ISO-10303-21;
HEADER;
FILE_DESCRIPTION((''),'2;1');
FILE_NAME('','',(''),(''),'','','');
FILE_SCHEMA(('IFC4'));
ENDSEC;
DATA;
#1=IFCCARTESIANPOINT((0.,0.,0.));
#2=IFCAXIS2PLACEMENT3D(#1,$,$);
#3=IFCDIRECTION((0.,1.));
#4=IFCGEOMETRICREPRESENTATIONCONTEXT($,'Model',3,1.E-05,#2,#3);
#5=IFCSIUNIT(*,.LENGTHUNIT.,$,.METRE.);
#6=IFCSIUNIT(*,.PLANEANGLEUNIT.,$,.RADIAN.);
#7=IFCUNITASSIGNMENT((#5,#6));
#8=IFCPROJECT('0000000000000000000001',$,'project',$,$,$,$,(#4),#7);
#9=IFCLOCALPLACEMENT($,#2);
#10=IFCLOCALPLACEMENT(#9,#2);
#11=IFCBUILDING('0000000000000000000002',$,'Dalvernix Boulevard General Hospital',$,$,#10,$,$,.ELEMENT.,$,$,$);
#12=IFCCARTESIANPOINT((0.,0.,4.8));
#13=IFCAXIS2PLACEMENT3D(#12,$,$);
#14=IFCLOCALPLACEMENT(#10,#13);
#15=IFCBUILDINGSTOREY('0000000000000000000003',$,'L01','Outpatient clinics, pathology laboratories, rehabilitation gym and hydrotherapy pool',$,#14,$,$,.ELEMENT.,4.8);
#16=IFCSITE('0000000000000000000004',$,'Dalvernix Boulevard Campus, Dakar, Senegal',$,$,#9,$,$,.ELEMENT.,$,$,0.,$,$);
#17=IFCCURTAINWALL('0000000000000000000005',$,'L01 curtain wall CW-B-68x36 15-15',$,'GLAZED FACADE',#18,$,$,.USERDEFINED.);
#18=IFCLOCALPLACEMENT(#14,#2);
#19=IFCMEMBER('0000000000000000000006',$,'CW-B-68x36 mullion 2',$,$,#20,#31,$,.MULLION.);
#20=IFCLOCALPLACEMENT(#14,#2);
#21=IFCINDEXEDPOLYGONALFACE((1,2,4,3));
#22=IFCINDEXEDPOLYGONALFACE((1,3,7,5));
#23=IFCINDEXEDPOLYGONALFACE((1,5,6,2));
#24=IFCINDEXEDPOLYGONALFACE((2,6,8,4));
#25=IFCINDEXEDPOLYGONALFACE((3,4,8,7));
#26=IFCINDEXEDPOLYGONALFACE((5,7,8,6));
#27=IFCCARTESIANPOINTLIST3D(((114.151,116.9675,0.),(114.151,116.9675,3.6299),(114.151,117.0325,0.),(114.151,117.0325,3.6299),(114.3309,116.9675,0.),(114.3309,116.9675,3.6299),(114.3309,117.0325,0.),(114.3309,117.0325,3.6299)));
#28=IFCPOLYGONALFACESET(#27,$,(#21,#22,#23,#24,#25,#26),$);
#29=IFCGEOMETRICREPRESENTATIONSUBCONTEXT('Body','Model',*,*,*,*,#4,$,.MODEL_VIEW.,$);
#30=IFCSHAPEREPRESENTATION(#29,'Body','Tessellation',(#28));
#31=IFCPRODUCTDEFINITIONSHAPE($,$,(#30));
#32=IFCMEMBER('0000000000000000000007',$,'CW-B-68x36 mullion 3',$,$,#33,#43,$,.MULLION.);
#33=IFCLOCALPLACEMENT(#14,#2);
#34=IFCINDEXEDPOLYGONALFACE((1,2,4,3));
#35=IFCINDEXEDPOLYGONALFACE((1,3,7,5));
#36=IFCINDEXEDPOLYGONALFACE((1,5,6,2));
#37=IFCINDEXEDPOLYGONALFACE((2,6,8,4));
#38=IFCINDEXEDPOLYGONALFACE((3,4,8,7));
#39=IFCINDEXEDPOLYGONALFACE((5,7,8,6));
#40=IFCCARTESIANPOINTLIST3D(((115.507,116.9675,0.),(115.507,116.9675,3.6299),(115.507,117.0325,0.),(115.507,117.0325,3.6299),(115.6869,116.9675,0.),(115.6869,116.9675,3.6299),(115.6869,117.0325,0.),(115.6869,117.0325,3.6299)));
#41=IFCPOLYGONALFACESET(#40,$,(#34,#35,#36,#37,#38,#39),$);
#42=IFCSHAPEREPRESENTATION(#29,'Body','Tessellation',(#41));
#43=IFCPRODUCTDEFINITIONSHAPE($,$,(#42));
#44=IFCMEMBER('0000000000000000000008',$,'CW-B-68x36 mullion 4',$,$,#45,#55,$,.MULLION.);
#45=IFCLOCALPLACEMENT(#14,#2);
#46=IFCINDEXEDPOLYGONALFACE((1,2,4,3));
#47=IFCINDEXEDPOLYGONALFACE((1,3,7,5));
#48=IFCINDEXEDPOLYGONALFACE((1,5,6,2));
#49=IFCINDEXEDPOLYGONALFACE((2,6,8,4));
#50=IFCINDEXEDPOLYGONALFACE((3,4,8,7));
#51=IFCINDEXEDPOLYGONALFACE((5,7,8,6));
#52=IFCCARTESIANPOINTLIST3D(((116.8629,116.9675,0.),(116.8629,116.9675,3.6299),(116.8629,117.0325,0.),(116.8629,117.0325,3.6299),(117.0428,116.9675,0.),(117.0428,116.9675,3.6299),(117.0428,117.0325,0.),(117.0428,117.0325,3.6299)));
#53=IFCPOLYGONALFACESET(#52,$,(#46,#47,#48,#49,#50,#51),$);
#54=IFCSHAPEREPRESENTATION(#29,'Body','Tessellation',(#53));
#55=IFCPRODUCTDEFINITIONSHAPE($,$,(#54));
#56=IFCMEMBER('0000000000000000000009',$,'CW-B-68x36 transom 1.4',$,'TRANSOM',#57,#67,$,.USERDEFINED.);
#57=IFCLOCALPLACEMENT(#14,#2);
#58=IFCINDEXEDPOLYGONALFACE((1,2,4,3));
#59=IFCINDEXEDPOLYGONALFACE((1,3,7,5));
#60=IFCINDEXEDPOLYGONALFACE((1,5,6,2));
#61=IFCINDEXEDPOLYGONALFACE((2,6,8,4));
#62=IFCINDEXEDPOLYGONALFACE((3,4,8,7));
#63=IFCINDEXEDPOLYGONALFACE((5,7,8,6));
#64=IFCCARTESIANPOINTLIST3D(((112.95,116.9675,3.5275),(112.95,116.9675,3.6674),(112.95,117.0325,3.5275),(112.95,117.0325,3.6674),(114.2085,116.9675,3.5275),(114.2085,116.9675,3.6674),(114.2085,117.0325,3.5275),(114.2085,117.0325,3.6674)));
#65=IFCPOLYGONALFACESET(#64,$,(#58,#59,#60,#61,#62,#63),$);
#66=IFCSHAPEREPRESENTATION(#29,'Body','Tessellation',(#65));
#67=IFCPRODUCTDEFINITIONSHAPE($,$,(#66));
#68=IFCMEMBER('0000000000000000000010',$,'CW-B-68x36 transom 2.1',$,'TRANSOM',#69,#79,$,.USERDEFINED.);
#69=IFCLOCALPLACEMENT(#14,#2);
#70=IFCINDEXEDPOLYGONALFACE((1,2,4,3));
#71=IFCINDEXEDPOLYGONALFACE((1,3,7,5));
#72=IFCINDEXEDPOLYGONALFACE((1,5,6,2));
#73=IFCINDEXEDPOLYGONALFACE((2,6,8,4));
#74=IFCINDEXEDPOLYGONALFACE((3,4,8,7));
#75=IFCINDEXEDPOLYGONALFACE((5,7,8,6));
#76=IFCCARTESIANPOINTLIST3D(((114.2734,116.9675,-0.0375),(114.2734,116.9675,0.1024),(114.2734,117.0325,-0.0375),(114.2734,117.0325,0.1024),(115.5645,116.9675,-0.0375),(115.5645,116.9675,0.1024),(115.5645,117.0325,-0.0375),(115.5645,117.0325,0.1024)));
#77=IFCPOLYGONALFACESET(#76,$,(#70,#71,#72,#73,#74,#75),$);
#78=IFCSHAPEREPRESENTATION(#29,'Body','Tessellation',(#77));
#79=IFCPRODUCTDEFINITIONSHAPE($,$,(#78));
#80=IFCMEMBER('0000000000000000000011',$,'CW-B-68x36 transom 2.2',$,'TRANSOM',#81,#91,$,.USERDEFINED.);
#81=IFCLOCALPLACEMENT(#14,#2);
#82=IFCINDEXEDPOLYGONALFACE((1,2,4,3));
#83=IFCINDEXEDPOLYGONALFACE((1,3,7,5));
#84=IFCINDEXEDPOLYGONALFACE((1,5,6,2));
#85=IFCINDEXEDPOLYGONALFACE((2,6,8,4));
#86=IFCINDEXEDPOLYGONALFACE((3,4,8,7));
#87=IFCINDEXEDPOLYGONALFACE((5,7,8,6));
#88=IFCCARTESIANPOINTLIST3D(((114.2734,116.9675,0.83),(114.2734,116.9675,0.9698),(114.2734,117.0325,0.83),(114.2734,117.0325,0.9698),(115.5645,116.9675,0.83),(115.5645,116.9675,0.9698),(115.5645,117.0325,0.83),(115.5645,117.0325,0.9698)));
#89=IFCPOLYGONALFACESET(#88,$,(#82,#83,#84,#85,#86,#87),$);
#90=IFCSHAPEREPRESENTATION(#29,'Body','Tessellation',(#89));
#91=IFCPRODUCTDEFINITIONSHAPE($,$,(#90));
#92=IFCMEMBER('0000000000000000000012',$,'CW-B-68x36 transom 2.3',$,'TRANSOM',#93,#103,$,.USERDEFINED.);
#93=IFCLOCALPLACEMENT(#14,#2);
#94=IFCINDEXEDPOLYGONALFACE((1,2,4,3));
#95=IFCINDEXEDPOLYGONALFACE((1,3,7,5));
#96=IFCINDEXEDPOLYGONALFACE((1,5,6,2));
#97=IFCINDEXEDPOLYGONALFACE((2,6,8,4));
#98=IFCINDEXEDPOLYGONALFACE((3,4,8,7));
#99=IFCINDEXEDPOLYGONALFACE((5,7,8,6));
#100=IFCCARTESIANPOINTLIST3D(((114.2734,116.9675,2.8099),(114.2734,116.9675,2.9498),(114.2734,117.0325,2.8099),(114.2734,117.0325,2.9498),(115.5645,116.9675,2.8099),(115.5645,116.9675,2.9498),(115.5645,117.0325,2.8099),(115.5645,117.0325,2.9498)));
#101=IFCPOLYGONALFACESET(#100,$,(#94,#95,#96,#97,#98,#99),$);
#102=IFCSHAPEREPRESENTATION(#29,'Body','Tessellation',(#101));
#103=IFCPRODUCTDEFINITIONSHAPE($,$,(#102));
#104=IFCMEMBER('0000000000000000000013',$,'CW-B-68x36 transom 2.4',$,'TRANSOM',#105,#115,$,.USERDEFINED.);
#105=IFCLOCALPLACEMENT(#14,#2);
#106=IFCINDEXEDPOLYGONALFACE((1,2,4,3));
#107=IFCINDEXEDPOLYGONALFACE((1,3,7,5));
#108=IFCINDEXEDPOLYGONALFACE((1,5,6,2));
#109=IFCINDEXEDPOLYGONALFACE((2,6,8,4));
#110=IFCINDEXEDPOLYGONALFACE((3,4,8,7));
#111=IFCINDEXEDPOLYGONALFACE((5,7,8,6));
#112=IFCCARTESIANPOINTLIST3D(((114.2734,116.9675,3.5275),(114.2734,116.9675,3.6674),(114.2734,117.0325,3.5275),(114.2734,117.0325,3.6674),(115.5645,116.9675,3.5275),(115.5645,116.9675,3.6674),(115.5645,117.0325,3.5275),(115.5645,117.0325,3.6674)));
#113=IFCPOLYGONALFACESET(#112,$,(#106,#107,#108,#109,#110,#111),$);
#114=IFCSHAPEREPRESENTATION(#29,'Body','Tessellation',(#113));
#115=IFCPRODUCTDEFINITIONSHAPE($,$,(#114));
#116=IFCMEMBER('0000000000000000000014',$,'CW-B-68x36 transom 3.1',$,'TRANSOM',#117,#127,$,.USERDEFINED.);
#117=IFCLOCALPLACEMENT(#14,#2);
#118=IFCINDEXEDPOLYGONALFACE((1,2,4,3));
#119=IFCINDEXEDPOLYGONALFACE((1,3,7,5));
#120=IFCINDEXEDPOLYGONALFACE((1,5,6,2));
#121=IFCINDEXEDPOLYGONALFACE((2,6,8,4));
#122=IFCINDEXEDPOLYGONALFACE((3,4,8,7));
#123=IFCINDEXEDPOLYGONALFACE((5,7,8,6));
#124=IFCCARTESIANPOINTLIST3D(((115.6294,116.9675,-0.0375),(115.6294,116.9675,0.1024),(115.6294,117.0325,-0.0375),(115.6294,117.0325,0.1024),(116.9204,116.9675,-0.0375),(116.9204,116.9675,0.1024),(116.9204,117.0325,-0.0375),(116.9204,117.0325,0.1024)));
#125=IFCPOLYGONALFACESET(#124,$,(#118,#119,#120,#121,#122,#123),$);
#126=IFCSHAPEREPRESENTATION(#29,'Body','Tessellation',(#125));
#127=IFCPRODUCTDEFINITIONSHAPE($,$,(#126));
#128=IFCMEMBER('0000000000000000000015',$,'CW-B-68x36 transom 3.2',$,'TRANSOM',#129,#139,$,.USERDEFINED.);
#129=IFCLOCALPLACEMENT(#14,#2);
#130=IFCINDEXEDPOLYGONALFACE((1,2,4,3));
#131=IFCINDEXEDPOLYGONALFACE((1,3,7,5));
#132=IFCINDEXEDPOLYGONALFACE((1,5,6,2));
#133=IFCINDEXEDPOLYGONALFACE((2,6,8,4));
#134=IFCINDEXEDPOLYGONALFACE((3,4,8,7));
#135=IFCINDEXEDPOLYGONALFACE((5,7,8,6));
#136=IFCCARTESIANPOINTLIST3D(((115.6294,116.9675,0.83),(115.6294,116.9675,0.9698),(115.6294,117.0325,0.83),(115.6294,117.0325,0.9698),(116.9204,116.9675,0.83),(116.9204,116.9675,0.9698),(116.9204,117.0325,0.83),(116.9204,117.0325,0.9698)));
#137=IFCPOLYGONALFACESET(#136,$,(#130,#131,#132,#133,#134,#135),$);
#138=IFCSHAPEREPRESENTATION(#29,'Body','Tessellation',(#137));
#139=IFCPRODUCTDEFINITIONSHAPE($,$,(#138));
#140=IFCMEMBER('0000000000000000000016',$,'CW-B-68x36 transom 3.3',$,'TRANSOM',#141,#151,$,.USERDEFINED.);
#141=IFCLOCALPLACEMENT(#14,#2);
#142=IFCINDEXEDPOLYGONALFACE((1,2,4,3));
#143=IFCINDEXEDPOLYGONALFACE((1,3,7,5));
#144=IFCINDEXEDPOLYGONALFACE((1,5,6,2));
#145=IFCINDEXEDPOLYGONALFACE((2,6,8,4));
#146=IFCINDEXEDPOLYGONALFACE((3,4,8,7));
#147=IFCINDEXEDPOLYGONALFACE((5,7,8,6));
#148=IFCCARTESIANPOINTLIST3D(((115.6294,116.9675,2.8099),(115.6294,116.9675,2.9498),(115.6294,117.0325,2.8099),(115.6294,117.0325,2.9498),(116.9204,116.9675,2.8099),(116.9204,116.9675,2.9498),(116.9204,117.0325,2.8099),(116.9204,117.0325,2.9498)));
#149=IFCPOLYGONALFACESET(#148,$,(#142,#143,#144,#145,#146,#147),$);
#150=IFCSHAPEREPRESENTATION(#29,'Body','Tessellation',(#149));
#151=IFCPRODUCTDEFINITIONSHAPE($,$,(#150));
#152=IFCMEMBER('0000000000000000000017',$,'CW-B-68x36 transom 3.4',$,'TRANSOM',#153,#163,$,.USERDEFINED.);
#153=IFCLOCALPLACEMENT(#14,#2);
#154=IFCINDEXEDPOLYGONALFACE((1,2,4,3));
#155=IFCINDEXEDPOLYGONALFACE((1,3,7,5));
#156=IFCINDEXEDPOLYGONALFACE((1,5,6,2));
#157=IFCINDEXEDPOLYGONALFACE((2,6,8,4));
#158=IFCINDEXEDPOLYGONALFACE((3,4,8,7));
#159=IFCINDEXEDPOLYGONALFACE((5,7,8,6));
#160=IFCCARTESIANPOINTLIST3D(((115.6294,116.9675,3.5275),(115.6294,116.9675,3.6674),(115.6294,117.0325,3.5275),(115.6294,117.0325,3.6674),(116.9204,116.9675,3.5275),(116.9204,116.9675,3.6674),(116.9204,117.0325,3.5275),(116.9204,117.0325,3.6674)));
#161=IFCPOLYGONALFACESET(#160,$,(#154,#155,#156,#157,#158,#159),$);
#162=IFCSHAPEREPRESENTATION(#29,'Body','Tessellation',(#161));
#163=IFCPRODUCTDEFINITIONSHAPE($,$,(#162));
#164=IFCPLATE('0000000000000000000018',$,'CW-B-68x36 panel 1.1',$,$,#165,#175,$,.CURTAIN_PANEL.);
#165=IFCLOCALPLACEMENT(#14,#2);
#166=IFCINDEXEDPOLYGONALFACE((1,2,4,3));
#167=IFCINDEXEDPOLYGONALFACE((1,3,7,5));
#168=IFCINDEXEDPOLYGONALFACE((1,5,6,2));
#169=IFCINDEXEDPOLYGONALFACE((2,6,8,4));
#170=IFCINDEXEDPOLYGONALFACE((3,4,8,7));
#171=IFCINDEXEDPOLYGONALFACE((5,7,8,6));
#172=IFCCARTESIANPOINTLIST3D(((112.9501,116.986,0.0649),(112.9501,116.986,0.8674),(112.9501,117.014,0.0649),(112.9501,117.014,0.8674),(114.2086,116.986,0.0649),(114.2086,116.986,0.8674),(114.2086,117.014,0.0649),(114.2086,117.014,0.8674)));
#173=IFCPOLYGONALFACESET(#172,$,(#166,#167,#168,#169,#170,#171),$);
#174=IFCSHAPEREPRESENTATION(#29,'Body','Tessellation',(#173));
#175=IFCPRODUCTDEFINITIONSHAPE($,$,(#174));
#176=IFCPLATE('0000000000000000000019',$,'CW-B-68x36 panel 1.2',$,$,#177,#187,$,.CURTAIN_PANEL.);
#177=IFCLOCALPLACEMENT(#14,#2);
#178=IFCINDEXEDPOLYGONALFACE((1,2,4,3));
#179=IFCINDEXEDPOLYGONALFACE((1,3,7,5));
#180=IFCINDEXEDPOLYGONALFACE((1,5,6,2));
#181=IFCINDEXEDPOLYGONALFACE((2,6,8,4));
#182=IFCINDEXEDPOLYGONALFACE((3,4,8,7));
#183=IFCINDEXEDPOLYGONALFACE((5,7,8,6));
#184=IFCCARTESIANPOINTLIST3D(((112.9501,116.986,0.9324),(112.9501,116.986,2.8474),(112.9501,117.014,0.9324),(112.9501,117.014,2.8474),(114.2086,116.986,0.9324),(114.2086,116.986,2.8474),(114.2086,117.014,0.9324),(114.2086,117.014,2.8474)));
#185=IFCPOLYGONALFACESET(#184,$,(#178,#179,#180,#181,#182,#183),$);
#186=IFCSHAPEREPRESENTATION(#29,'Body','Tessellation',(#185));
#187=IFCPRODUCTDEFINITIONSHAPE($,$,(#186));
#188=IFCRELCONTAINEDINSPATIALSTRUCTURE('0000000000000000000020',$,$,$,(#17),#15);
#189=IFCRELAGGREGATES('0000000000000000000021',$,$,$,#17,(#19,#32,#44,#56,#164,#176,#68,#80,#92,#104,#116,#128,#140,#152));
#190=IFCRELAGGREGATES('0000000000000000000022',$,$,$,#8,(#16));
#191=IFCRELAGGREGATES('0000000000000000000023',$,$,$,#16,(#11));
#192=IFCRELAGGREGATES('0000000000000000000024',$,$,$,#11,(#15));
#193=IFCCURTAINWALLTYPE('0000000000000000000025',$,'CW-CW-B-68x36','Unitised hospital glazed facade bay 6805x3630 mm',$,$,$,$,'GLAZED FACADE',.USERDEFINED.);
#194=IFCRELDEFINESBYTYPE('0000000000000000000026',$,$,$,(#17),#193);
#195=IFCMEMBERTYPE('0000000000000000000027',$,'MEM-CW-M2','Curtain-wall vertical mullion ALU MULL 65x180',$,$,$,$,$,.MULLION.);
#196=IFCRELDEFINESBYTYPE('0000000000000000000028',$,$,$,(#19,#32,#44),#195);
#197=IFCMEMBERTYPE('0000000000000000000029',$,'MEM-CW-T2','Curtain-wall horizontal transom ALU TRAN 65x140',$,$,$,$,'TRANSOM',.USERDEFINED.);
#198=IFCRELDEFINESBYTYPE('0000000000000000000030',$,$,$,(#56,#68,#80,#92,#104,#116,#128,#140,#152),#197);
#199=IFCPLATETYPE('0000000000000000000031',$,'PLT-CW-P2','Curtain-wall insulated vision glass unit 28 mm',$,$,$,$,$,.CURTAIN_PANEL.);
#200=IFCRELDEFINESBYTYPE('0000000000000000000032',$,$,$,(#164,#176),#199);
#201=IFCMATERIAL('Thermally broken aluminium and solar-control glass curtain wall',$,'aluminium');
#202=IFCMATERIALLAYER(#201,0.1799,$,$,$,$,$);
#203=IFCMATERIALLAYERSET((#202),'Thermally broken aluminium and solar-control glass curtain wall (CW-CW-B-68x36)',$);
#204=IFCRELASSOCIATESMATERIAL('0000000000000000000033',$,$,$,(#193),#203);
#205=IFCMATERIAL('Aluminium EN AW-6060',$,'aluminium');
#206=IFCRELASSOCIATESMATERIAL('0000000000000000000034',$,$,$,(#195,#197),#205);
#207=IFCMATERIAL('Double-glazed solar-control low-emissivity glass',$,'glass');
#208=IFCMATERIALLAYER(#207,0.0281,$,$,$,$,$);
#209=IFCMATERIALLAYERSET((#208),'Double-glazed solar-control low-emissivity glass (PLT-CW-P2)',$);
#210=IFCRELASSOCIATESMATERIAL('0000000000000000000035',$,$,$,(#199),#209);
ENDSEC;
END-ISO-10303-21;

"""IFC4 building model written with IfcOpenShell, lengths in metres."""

from ifc_helpers import new_model, si_unit, direction, frame, origin, origin_2d, place, context, subcontext, project, spatial, rectangle, extrude, material, layer, layer_set, material_profile, profile_set, type_object, element, aggregate, save


model = new_model("IFC4")

# Units and contexts
model_context = context("Model", 3, precision=1e-05, world=origin(), true_north=direction((0.0, 1.0)))
body_context = subcontext(model_context, "Body", "Model", "MODEL_VIEW")
ifc_project = project(units=[si_unit("LENGTHUNIT", "METRE"), si_unit("PLANEANGLEUNIT", "RADIAN")], contexts=[model_context])

# Site, building, storey
site_placement = place(None, origin())
site = spatial("IfcSite", under=ifc_project, at=site_placement, Name="Dalvernix Boulevard Campus, Dakar, Senegal", CompositionType="ELEMENT", RefElevation=0.0)
building_placement = place(site_placement, origin())
building = spatial("IfcBuilding", under=site, at=building_placement, Name="Dalvernix Boulevard General Hospital", CompositionType="ELEMENT")
storey_placement = place(building_placement, frame((0.0, 0.0, 4.8)))
storey = spatial("IfcBuildingStorey", under=building, at=storey_placement, Name="L01", Description="Outpatient clinics, pathology laboratories, rehabilitation gym and hydrotherapy pool", CompositionType="ELEMENT", Elevation=4.8)

# Curtain wall, members, plates
ifc_material_1 = material(Name="Thermally broken aluminium and solar-control glass curtain wall", Category="aluminium")
ifc_layer_1 = layer(ifc_material_1, 0.1799)
ifc_layer_set_1 = layer_set([ifc_layer_1], Name="Thermally broken aluminium and solar-control glass curtain wall (CW-CW-B-68x36)")
curtain_wall_type = type_object("IfcCurtainWallType", Name="CW-CW-B-68x36", Description="Unitised hospital glazed facade bay 6805x3630 mm", ElementType="GLAZED FACADE", PredefinedType="USERDEFINED", material=ifc_layer_set_1)
curtain_wall_placement = place(storey_placement, origin())
curtain_wall = element("IfcCurtainWall", 1, at=curtain_wall_placement, inside=storey, type_object=curtain_wall_type, Name="L01 curtain wall CW-B-68x36 15-15", ObjectType="GLAZED FACADE", PredefinedType="USERDEFINED")
ifc_material_2 = material(Name="Aluminium EN AW-6060", Category="aluminium")
ifc_material_profile_1 = material_profile(ifc_material_2, rectangle(XDim=0.0649, YDim=0.1799, at=origin_2d()), Name="ALU MULL 65x180")
ifc_profile_set_1 = profile_set([ifc_material_profile_1], Name="Aluminium EN AW-6060")
member_type_1 = type_object("IfcMemberType", Name="MEM-CW-M2", Description="Curtain-wall vertical mullion ALU MULL 65x180", PredefinedType="MULLION", material=ifc_profile_set_1)
member_1_placement = place(storey_placement, frame((114.241, 117.0, 0.0), z_axis=(0.0, 0.0, 1.0), x_axis=(0.0, 1.0, 0.0)))
member_1 = element("IfcMember", 2, at=member_1_placement, type_object=member_type_1, Name="CW-B-68x36 mullion 2", PredefinedType="MULLION", context=body_context, shape_type="SweptSolid", body=[
    extrude(rectangle(XDim=0.0649, YDim=0.1799, at=origin_2d()), origin(), (0.0, 0.0, 1.0), 3.6299),
])
member_2_placement = place(storey_placement, frame((115.5969, 117.0, 0.0), z_axis=(0.0, 0.0, 1.0), x_axis=(0.0, 1.0, 0.0)))
member_2 = element("IfcMember", 3, at=member_2_placement, type_object=member_type_1, Name="CW-B-68x36 mullion 3", PredefinedType="MULLION", context=body_context, shape_type="SweptSolid", body=[
    extrude(rectangle(XDim=0.0649, YDim=0.1799, at=origin_2d()), origin(), (0.0, 0.0, 1.0), 3.6299),
])
member_3_placement = place(storey_placement, frame((116.9529, 117.0, 0.0), z_axis=(0.0, 0.0, 1.0), x_axis=(0.0, 1.0, 0.0)))
member_3 = element("IfcMember", 4, at=member_3_placement, type_object=member_type_1, Name="CW-B-68x36 mullion 4", PredefinedType="MULLION", context=body_context, shape_type="SweptSolid", body=[
    extrude(rectangle(XDim=0.0649, YDim=0.1799, at=origin_2d()), origin(), (0.0, 0.0, 1.0), 3.6299),
])
ifc_material_profile_2 = material_profile(ifc_material_2, rectangle(XDim=0.0649, YDim=0.1399, at=origin_2d()), Name="ALU TRAN 65x140")
ifc_profile_set_2 = profile_set([ifc_material_profile_2], Name="Aluminium EN AW-6060")
member_type_2 = type_object("IfcMemberType", Name="MEM-CW-T2", Description="Curtain-wall horizontal transom ALU TRAN 65x140", ElementType="TRANSOM", PredefinedType="USERDEFINED", material=ifc_profile_set_2)
member_4_placement = place(storey_placement, frame((112.95, 117.0, 3.5974), z_axis=(1.0, 0.0, 0.0), x_axis=(0.0, 1.0, 0.0)))
member_4 = element("IfcMember", 5, at=member_4_placement, type_object=member_type_2, Name="CW-B-68x36 transom 1.4", ObjectType="TRANSOM", PredefinedType="USERDEFINED", context=body_context, shape_type="SweptSolid", body=[
    extrude(rectangle(XDim=0.0649, YDim=0.1399, at=origin_2d()), origin(), (0.0, 0.0, 1.0), 1.2585),
])
member_5_placement = place(storey_placement, frame((114.2734, 117.0, 0.0325), z_axis=(1.0, 0.0, 0.0), x_axis=(0.0, 1.0, 0.0)))
member_5 = element("IfcMember", 6, at=member_5_placement, type_object=member_type_2, Name="CW-B-68x36 transom 2.1", ObjectType="TRANSOM", PredefinedType="USERDEFINED", context=body_context, shape_type="SweptSolid", body=[
    extrude(rectangle(XDim=0.0649, YDim=0.1399, at=origin_2d()), origin(), (0.0, 0.0, 1.0), 1.291),
])
member_6_placement = place(storey_placement, frame((114.2734, 117.0, 0.8999), z_axis=(1.0, 0.0, 0.0), x_axis=(0.0, 1.0, 0.0)))
member_6 = element("IfcMember", 7, at=member_6_placement, type_object=member_type_2, Name="CW-B-68x36 transom 2.2", ObjectType="TRANSOM", PredefinedType="USERDEFINED", context=body_context, shape_type="SweptSolid", body=[
    extrude(rectangle(XDim=0.0649, YDim=0.1399, at=origin_2d()), origin(), (0.0, 0.0, 1.0), 1.291),
])
member_7_placement = place(storey_placement, frame((114.2734, 117.0, 2.8799), z_axis=(1.0, 0.0, 0.0), x_axis=(0.0, 1.0, 0.0)))
member_7 = element("IfcMember", 8, at=member_7_placement, type_object=member_type_2, Name="CW-B-68x36 transom 2.3", ObjectType="TRANSOM", PredefinedType="USERDEFINED", context=body_context, shape_type="SweptSolid", body=[
    extrude(rectangle(XDim=0.0649, YDim=0.1399, at=origin_2d()), origin(), (0.0, 0.0, 1.0), 1.291),
])
member_8_placement = place(storey_placement, frame((114.2734, 117.0, 3.5974), z_axis=(1.0, 0.0, 0.0), x_axis=(0.0, 1.0, 0.0)))
member_8 = element("IfcMember", 9, at=member_8_placement, type_object=member_type_2, Name="CW-B-68x36 transom 2.4", ObjectType="TRANSOM", PredefinedType="USERDEFINED", context=body_context, shape_type="SweptSolid", body=[
    extrude(rectangle(XDim=0.0649, YDim=0.1399, at=origin_2d()), origin(), (0.0, 0.0, 1.0), 1.291),
])
member_9_placement = place(storey_placement, frame((115.6294, 117.0, 0.0325), z_axis=(1.0, 0.0, 0.0), x_axis=(0.0, 1.0, 0.0)))
member_9 = element("IfcMember", 10, at=member_9_placement, type_object=member_type_2, Name="CW-B-68x36 transom 3.1", ObjectType="TRANSOM", PredefinedType="USERDEFINED", context=body_context, shape_type="SweptSolid", body=[
    extrude(rectangle(XDim=0.0649, YDim=0.1399, at=origin_2d()), origin(), (0.0, 0.0, 1.0), 1.291),
])
member_10_placement = place(storey_placement, frame((115.6294, 117.0, 0.8999), z_axis=(1.0, 0.0, 0.0), x_axis=(0.0, 1.0, 0.0)))
member_10 = element("IfcMember", 11, at=member_10_placement, type_object=member_type_2, Name="CW-B-68x36 transom 3.2", ObjectType="TRANSOM", PredefinedType="USERDEFINED", context=body_context, shape_type="SweptSolid", body=[
    extrude(rectangle(XDim=0.0649, YDim=0.1399, at=origin_2d()), origin(), (0.0, 0.0, 1.0), 1.291),
])
member_11_placement = place(storey_placement, frame((115.6294, 117.0, 2.8799), z_axis=(1.0, 0.0, 0.0), x_axis=(0.0, 1.0, 0.0)))
member_11 = element("IfcMember", 12, at=member_11_placement, type_object=member_type_2, Name="CW-B-68x36 transom 3.3", ObjectType="TRANSOM", PredefinedType="USERDEFINED", context=body_context, shape_type="SweptSolid", body=[
    extrude(rectangle(XDim=0.0649, YDim=0.1399, at=origin_2d()), origin(), (0.0, 0.0, 1.0), 1.291),
])
member_12_placement = place(storey_placement, frame((115.6294, 117.0, 3.5974), z_axis=(1.0, 0.0, 0.0), x_axis=(0.0, 1.0, 0.0)))
member_12 = element("IfcMember", 13, at=member_12_placement, type_object=member_type_2, Name="CW-B-68x36 transom 3.4", ObjectType="TRANSOM", PredefinedType="USERDEFINED", context=body_context, shape_type="SweptSolid", body=[
    extrude(rectangle(XDim=0.0649, YDim=0.1399, at=origin_2d()), origin(), (0.0, 0.0, 1.0), 1.291),
])
ifc_material_3 = material(Name="Double-glazed solar-control low-emissivity glass", Category="glass")
ifc_layer_2 = layer(ifc_material_3, 0.0281)
ifc_layer_set_2 = layer_set([ifc_layer_2], Name="Double-glazed solar-control low-emissivity glass (PLT-CW-P2)")
plate_type = type_object("IfcPlateType", Name="PLT-CW-P2", Description="Curtain-wall insulated vision glass unit 28 mm", PredefinedType="CURTAIN_PANEL", material=ifc_layer_set_2)
plate_1_placement = place(storey_placement, frame((113.5793, 117.0, 0.0649), z_axis=(0.0, 0.0, 1.0), x_axis=(1.0, 0.0, 0.0)))
plate_1 = element("IfcPlate", 14, at=plate_1_placement, type_object=plate_type, Name="CW-B-68x36 panel 1.1", PredefinedType="CURTAIN_PANEL", context=body_context, shape_type="SweptSolid", body=[
    extrude(rectangle(XDim=1.2585, YDim=0.0281, at=origin_2d()), origin(), (0.0, 0.0, 1.0), 0.8025),
])
plate_2_placement = place(storey_placement, frame((113.5793, 117.0, 0.9324), z_axis=(0.0, 0.0, 1.0), x_axis=(1.0, 0.0, 0.0)))
plate_2 = element("IfcPlate", 15, at=plate_2_placement, type_object=plate_type, Name="CW-B-68x36 panel 1.2", PredefinedType="CURTAIN_PANEL", context=body_context, shape_type="SweptSolid", body=[
    extrude(rectangle(XDim=1.2585, YDim=0.0281, at=origin_2d()), origin(), (0.0, 0.0, 1.0), 1.915),
])
aggregate(curtain_wall, [member_1, member_2, member_3, member_4, plate_1, plate_2, member_5, member_6, member_7, member_8, member_9, member_10, member_11, member_12])

save(model, "model.ifc")
